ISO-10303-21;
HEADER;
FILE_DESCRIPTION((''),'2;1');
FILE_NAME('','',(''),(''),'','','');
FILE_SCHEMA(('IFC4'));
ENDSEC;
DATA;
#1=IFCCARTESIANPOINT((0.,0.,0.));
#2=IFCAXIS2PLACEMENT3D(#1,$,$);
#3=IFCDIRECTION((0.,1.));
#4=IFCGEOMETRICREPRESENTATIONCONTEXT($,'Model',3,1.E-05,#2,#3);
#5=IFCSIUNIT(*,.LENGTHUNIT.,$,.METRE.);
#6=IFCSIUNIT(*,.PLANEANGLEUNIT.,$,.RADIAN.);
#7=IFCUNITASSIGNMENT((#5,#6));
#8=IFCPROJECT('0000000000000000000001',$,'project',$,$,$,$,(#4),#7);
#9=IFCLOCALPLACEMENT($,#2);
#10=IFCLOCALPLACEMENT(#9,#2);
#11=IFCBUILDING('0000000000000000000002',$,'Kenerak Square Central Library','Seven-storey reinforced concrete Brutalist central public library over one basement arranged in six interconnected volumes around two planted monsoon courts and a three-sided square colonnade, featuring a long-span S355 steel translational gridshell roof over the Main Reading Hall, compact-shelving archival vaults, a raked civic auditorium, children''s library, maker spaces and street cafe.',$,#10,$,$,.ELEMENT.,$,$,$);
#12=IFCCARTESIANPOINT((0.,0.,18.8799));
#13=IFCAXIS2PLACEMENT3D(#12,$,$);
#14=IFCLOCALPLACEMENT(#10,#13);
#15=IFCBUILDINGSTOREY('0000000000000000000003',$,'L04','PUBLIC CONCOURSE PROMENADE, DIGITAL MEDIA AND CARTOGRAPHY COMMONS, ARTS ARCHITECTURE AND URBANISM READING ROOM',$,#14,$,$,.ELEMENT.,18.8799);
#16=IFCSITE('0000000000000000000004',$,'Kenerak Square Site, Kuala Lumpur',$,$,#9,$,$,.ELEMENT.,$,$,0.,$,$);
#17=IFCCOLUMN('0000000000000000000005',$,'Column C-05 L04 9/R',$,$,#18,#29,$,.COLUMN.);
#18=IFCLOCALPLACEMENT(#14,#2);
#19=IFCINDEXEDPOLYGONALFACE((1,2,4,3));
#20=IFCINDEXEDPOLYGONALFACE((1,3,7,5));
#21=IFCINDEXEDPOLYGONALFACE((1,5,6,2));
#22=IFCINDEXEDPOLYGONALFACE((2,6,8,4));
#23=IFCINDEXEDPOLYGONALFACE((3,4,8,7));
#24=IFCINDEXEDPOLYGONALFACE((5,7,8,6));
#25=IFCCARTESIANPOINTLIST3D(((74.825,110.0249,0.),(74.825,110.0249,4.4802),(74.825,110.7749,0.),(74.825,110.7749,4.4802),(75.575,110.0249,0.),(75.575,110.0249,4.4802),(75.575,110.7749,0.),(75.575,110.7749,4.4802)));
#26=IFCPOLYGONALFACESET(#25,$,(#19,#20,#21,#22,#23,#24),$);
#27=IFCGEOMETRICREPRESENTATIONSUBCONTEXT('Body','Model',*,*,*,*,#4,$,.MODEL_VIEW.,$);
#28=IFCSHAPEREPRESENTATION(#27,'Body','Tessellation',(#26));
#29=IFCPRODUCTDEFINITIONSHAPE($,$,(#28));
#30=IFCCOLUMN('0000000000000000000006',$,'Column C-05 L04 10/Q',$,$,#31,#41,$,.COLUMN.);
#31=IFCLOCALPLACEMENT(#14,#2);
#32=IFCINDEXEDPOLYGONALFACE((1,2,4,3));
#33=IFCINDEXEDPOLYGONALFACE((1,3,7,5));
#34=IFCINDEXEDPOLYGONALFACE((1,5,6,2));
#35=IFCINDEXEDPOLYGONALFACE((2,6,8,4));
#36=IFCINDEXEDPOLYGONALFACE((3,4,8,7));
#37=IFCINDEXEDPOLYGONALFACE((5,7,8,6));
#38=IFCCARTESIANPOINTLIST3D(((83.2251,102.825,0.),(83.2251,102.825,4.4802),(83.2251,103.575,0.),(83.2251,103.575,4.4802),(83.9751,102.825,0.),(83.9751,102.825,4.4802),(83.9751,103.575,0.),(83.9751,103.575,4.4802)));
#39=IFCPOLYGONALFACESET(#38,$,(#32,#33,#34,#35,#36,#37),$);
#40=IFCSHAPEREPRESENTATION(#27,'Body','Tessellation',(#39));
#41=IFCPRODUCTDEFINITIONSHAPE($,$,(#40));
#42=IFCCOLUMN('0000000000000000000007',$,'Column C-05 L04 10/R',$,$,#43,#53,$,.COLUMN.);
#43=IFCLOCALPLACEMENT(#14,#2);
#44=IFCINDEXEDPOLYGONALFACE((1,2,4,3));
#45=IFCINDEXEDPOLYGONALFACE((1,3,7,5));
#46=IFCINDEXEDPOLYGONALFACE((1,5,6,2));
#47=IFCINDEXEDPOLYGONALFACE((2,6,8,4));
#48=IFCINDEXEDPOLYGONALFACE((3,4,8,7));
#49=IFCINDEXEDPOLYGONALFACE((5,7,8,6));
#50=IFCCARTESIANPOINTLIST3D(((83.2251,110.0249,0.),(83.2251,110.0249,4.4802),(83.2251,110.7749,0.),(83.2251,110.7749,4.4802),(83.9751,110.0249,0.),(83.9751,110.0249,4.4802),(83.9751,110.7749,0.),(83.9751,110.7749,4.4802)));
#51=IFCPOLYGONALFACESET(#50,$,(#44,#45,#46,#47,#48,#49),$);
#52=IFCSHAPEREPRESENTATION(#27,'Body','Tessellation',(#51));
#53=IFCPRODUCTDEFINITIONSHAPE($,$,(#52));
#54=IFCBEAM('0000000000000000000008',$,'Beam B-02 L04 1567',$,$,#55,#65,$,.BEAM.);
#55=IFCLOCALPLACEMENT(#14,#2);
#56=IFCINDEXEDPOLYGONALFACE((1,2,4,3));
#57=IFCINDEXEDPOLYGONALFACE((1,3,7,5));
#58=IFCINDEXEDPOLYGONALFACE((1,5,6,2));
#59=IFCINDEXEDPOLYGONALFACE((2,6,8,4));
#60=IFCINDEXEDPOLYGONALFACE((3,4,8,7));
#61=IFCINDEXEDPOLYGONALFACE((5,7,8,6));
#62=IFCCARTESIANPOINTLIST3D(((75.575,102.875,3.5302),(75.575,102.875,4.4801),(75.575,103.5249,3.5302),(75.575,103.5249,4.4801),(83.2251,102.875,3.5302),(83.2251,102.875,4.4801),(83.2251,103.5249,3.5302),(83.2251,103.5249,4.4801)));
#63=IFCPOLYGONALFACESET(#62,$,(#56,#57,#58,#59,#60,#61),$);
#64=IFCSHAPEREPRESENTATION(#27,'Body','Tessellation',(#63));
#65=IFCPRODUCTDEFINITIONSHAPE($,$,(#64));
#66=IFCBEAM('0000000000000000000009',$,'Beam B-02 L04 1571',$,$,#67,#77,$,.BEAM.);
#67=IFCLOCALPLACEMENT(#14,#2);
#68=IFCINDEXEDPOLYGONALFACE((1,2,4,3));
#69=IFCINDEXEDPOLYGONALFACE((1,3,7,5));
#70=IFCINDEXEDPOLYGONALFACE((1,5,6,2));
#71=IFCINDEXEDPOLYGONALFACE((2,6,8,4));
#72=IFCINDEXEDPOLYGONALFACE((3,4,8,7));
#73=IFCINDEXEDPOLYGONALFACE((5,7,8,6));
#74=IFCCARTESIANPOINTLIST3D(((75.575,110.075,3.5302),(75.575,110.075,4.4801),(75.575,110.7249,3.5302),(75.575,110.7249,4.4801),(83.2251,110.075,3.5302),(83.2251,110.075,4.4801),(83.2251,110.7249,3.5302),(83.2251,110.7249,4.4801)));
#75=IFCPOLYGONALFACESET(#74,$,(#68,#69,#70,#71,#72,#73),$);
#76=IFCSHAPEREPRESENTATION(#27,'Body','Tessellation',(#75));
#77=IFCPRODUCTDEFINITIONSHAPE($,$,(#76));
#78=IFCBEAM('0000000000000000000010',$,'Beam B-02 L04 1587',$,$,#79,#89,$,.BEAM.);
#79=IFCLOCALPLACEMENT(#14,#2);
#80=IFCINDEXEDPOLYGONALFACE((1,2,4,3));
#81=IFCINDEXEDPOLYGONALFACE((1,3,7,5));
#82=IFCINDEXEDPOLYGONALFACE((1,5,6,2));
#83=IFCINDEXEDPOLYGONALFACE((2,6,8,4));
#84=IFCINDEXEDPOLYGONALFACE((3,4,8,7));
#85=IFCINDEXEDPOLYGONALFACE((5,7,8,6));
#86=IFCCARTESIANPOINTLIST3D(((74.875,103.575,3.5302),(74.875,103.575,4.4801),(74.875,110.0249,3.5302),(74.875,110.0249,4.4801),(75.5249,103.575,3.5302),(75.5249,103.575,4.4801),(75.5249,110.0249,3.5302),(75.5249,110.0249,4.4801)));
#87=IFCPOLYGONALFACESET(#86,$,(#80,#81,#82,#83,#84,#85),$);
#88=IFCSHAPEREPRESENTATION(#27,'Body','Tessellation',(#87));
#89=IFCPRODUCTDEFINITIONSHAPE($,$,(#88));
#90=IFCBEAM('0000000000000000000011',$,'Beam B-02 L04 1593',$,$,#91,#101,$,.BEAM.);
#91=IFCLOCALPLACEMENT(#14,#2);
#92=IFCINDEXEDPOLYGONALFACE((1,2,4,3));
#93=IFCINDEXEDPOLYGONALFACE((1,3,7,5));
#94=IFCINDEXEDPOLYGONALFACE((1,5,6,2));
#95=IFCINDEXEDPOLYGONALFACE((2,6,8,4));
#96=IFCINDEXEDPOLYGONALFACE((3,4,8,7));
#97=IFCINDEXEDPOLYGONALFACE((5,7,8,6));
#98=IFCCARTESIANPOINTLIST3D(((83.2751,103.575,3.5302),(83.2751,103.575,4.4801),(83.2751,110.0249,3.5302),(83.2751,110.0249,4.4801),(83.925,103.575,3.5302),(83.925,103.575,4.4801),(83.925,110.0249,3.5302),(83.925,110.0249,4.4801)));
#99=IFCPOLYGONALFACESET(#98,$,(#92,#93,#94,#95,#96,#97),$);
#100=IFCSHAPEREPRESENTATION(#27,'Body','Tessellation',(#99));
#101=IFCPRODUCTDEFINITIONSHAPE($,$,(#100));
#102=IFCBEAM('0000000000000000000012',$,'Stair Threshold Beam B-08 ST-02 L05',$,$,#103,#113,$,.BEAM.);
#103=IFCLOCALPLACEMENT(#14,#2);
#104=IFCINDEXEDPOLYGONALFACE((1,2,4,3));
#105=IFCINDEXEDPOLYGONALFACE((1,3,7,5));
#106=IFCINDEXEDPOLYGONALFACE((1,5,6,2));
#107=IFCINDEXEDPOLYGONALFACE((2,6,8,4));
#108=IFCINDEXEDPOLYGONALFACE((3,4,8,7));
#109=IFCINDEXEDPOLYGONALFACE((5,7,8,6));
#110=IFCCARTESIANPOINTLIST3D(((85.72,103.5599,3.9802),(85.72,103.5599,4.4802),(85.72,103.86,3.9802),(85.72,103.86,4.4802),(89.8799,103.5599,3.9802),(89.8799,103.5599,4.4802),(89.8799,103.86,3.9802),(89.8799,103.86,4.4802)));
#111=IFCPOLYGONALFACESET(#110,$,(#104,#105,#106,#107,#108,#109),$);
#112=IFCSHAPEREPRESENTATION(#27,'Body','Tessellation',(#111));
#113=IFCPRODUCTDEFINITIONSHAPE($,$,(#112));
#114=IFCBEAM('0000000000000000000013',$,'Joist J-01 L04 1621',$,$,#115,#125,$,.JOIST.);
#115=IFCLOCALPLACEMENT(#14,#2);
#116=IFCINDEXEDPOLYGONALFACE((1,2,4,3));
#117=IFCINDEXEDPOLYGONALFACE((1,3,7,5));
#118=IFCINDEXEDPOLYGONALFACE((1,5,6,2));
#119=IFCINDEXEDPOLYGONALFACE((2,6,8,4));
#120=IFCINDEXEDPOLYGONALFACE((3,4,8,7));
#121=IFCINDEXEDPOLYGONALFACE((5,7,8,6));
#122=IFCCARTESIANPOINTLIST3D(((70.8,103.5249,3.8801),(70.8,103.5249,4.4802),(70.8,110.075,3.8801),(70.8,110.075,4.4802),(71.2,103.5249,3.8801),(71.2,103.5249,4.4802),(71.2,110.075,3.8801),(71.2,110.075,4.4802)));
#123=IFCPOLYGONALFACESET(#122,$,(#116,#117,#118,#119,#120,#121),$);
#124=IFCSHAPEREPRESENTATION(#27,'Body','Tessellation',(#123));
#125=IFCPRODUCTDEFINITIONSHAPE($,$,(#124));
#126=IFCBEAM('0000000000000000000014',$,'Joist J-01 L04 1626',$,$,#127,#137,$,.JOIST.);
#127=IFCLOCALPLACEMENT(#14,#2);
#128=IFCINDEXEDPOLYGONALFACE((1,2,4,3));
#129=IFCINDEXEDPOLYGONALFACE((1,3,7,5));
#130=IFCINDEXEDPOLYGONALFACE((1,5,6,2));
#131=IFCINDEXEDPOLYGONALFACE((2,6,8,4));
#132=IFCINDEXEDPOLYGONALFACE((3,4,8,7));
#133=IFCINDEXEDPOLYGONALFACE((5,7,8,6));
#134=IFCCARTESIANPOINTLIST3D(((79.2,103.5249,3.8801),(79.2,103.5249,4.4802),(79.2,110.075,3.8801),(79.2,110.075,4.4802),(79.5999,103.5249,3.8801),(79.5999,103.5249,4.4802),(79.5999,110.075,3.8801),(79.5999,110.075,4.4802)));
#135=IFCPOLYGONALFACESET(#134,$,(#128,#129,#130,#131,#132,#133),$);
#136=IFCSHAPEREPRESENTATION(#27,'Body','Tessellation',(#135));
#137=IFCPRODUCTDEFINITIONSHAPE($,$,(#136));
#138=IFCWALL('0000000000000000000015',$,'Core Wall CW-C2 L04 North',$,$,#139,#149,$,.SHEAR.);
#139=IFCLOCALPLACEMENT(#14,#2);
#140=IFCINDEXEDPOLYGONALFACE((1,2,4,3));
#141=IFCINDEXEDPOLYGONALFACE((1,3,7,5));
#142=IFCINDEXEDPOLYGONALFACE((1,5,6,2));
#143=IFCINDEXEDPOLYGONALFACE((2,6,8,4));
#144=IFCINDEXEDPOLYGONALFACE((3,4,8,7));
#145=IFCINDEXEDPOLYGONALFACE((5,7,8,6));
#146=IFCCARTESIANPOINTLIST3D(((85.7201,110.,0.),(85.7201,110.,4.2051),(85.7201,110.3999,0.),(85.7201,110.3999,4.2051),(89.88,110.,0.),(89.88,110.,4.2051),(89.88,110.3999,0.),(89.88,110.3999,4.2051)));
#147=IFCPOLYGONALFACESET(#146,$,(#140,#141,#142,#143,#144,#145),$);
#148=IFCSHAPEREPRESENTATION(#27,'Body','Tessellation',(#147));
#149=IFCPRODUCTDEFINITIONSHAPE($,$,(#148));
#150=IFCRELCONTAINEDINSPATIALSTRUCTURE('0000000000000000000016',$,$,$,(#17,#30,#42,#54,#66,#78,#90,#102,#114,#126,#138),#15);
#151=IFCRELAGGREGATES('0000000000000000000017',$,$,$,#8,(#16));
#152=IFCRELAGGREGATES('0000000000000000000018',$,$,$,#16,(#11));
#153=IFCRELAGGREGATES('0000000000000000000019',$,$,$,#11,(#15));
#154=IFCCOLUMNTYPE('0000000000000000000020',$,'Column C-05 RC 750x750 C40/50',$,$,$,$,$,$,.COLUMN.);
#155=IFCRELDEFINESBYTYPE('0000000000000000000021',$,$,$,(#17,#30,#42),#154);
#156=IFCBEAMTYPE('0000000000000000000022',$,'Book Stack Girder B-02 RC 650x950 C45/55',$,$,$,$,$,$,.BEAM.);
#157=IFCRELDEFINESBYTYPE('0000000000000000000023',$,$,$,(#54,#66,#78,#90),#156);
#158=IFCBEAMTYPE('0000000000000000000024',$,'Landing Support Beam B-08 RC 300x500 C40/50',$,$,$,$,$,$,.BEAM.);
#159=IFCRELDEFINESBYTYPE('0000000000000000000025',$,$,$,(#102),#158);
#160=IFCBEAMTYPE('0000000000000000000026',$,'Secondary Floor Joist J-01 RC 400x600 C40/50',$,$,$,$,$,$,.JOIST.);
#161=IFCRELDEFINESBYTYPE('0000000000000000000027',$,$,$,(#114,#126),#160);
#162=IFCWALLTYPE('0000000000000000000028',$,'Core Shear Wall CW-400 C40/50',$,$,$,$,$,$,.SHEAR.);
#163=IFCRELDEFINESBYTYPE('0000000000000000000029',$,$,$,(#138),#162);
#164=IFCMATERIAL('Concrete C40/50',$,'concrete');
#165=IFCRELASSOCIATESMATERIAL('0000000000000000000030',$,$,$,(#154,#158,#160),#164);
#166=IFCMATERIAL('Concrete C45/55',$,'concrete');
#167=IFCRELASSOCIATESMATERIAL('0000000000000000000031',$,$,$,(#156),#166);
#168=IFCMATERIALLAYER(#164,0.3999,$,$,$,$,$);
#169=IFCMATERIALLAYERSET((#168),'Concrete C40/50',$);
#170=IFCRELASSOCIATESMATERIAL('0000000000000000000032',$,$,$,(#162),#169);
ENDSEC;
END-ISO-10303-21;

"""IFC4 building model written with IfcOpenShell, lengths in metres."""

from ifc_helpers import new_model, si_unit, direction, frame, frame_2d, origin, origin_2d, place, context, subcontext, project, spatial, rectangle, extrude, material, layer, layer_set, material_profile, profile_set, type_object, element, save


model = new_model("IFC4")

# Units and contexts
model_context = context("Model", 3, precision=1e-05, world=origin(), true_north=direction((0.0, 1.0)))
body_context = subcontext(model_context, "Body", "Model", "MODEL_VIEW")
ifc_project = project(units=[si_unit("LENGTHUNIT", "METRE"), si_unit("PLANEANGLEUNIT", "RADIAN")], contexts=[model_context])

# Site, building, storey
site_placement = place(None, origin())
site = spatial("IfcSite", under=ifc_project, at=site_placement, Name="Kenerak Square Site, Kuala Lumpur", CompositionType="ELEMENT", RefElevation=0.0)
building_placement = place(site_placement, origin())
building = spatial("IfcBuilding", under=site, at=building_placement, Name="Kenerak Square Central Library", Description="Seven-storey reinforced concrete Brutalist central public library over one basement arranged in six interconnected volumes around two planted monsoon courts and a three-sided square colonnade, featuring a long-span S355 steel translational gridshell roof over the Main Reading Hall, compact-shelving archival vaults, a raked civic auditorium, children's library, maker spaces and street cafe.", CompositionType="ELEMENT")
storey_placement = place(building_placement, frame((0.0, 0.0, 18.8799)))
storey = spatial("IfcBuildingStorey", under=building, at=storey_placement, Name="L04", Description="PUBLIC CONCOURSE PROMENADE, DIGITAL MEDIA AND CARTOGRAPHY COMMONS, ARTS ARCHITECTURE AND URBANISM READING ROOM", CompositionType="ELEMENT", Elevation=18.8799)

# Columns
ifc_material_1 = material(Name="Concrete C40/50", Category="concrete")
ifc_material_profile_1 = material_profile(ifc_material_1, rectangle(XDim=0.75, YDim=0.75, at=origin_2d()), Name="RC 750x750")
ifc_profile_set_1 = profile_set([ifc_material_profile_1], Name="Concrete C40/50")
column_type = type_object("IfcColumnType", Name="Column C-05 RC 750x750 C40/50", PredefinedType="COLUMN", material=ifc_profile_set_1)
for number, where, z_axis, x_axis, name in (
    (1, (75.2, 110.3999, 0.0), (0.0, 0.0, 1.0), (1.0, 0.0, 0.0), "Column C-05 L04 9/R"),
    (2, (83.6001, 103.2, 0.0), (0.0, 0.0, 1.0), (1.0, 0.0, 0.0), "Column C-05 L04 10/Q"),
    (3, (83.6001, 110.3999, 0.0), (0.0, 0.0, 1.0), (1.0, 0.0, 0.0), "Column C-05 L04 10/R"),
):
    element("IfcColumn", number, at=place(storey_placement, frame(where, z_axis=z_axis, x_axis=x_axis)), inside=storey, type_object=column_type, Name=name, PredefinedType="COLUMN", context=body_context, shape_type="SweptSolid", body=[
        extrude(rectangle(XDim=0.75, YDim=0.75, at=origin_2d()), origin(), (0.0, 0.0, 1.0), 4.4802),
    ])

# Beams
ifc_material_2 = material(Name="Concrete C45/55", Category="concrete")
ifc_material_profile_2 = material_profile(ifc_material_2, rectangle(XDim=0.6499, YDim=0.95, at=origin_2d()), Name="RC 650x950")
ifc_profile_set_2 = profile_set([ifc_material_profile_2], Name="Concrete C45/55")
beam_type_1 = type_object("IfcBeamType", Name="Book Stack Girder B-02 RC 650x950 C45/55", PredefinedType="BEAM", material=ifc_profile_set_2)
for number, where, z_axis, x_axis, name in (
    (4, (75.575, 103.2, 4.0051), (1.0, 0.0, 0.0), (0.0, 1.0, 0.0), "Beam B-02 L04 1567"),
    (5, (75.575, 110.3999, 4.0051), (1.0, 0.0, 0.0), (0.0, 1.0, 0.0), "Beam B-02 L04 1571"),
):
    element("IfcBeam", number, at=place(storey_placement, frame(where, z_axis=z_axis, x_axis=x_axis)), inside=storey, type_object=beam_type_1, Name=name, PredefinedType="BEAM", context=body_context, shape_type="SweptSolid", body=[
        extrude(rectangle(XDim=0.6499, YDim=0.95, at=origin_2d()), origin(), (0.0, 0.0, 1.0), 7.6501),
    ])
for number, where, z_axis, x_axis, name in (
    (6, (75.2, 103.575, 4.0051), (0.0, 1.0, 0.0), (-1.0, 0.0, 0.0), "Beam B-02 L04 1587"),
    (7, (83.6001, 103.575, 4.0051), (0.0, 1.0, 0.0), (-1.0, 0.0, 0.0), "Beam B-02 L04 1593"),
):
    element("IfcBeam", number, at=place(storey_placement, frame(where, z_axis=z_axis, x_axis=x_axis)), inside=storey, type_object=beam_type_1, Name=name, PredefinedType="BEAM", context=body_context, shape_type="SweptSolid", body=[
        extrude(rectangle(XDim=0.6499, YDim=0.95, at=origin_2d()), origin(), (0.0, 0.0, 1.0), 6.45),
    ])
ifc_material_profile_3 = material_profile(ifc_material_1, rectangle(XDim=0.3, YDim=0.5, at=origin_2d()), Name="RC 300x500")
ifc_profile_set_3 = profile_set([ifc_material_profile_3], Name="Concrete C40/50")
beam_type_2 = type_object("IfcBeamType", Name="Landing Support Beam B-08 RC 300x500 C40/50", PredefinedType="BEAM", material=ifc_profile_set_3)
beam_placement = place(storey_placement, frame((85.72, 103.71, 4.2302), z_axis=(1.0, 0.0, 0.0), x_axis=(0.0, 1.0, 0.0)))
element("IfcBeam", 8, at=beam_placement, inside=storey, type_object=beam_type_2, Name="Stair Threshold Beam B-08 ST-02 L05", PredefinedType="BEAM", context=body_context, shape_type="SweptSolid", body=[
    extrude(rectangle(XDim=0.3, YDim=0.5, at=origin_2d()), origin(), (0.0, 0.0, 1.0), 4.1599),
])
ifc_material_profile_4 = material_profile(ifc_material_1, rectangle(XDim=0.3999, YDim=0.6001, at=origin_2d()), Name="RC 400x600")
ifc_profile_set_4 = profile_set([ifc_material_profile_4], Name="Concrete C40/50")
beam_type_3 = type_object("IfcBeamType", Name="Secondary Floor Joist J-01 RC 400x600 C40/50", PredefinedType="JOIST", material=ifc_profile_set_4)
for number, where, z_axis, x_axis, name in (
    (9, (71.0, 103.5249, 4.1802), (0.0, 1.0, 0.0), (-1.0, 0.0, 0.0), "Joist J-01 L04 1621"),
    (10, (79.3999, 103.5249, 4.1802), (0.0, 1.0, 0.0), (-1.0, 0.0, 0.0), "Joist J-01 L04 1626"),
):
    element("IfcBeam", number, at=place(storey_placement, frame(where, z_axis=z_axis, x_axis=x_axis)), inside=storey, type_object=beam_type_3, Name=name, PredefinedType="JOIST", context=body_context, shape_type="SweptSolid", body=[
        extrude(rectangle(XDim=0.3999, YDim=0.6001, at=origin_2d()), origin(), (0.0, 0.0, 1.0), 6.55),
    ])

# Wall
ifc_layer_1 = layer(ifc_material_1, 0.3999)
ifc_layer_set_1 = layer_set([ifc_layer_1], Name="Concrete C40/50")
wall_type_1 = type_object("IfcWallType", Name="Core Shear Wall CW-400 C40/50", PredefinedType="SHEAR", material=ifc_layer_set_1)
wall_1_placement = place(storey_placement, frame((85.72, 110.2, 0.0), z_axis=(0.0, 0.0, 1.0), x_axis=(1.0, 0.0, 0.0)))
element("IfcWall", 11, at=wall_1_placement, inside=storey, type_object=wall_type_1, Name="Core Wall CW-C2 L04 North", PredefinedType="SHEAR", context=body_context, shape_type="SweptSolid", body=[
    extrude(rectangle(XDim=4.1599, YDim=0.3999, at=frame_2d((2.0801, 0.0))), origin(), (0.0, 0.0, 1.0), 4.2051),
])

save(model, "model.ifc")
